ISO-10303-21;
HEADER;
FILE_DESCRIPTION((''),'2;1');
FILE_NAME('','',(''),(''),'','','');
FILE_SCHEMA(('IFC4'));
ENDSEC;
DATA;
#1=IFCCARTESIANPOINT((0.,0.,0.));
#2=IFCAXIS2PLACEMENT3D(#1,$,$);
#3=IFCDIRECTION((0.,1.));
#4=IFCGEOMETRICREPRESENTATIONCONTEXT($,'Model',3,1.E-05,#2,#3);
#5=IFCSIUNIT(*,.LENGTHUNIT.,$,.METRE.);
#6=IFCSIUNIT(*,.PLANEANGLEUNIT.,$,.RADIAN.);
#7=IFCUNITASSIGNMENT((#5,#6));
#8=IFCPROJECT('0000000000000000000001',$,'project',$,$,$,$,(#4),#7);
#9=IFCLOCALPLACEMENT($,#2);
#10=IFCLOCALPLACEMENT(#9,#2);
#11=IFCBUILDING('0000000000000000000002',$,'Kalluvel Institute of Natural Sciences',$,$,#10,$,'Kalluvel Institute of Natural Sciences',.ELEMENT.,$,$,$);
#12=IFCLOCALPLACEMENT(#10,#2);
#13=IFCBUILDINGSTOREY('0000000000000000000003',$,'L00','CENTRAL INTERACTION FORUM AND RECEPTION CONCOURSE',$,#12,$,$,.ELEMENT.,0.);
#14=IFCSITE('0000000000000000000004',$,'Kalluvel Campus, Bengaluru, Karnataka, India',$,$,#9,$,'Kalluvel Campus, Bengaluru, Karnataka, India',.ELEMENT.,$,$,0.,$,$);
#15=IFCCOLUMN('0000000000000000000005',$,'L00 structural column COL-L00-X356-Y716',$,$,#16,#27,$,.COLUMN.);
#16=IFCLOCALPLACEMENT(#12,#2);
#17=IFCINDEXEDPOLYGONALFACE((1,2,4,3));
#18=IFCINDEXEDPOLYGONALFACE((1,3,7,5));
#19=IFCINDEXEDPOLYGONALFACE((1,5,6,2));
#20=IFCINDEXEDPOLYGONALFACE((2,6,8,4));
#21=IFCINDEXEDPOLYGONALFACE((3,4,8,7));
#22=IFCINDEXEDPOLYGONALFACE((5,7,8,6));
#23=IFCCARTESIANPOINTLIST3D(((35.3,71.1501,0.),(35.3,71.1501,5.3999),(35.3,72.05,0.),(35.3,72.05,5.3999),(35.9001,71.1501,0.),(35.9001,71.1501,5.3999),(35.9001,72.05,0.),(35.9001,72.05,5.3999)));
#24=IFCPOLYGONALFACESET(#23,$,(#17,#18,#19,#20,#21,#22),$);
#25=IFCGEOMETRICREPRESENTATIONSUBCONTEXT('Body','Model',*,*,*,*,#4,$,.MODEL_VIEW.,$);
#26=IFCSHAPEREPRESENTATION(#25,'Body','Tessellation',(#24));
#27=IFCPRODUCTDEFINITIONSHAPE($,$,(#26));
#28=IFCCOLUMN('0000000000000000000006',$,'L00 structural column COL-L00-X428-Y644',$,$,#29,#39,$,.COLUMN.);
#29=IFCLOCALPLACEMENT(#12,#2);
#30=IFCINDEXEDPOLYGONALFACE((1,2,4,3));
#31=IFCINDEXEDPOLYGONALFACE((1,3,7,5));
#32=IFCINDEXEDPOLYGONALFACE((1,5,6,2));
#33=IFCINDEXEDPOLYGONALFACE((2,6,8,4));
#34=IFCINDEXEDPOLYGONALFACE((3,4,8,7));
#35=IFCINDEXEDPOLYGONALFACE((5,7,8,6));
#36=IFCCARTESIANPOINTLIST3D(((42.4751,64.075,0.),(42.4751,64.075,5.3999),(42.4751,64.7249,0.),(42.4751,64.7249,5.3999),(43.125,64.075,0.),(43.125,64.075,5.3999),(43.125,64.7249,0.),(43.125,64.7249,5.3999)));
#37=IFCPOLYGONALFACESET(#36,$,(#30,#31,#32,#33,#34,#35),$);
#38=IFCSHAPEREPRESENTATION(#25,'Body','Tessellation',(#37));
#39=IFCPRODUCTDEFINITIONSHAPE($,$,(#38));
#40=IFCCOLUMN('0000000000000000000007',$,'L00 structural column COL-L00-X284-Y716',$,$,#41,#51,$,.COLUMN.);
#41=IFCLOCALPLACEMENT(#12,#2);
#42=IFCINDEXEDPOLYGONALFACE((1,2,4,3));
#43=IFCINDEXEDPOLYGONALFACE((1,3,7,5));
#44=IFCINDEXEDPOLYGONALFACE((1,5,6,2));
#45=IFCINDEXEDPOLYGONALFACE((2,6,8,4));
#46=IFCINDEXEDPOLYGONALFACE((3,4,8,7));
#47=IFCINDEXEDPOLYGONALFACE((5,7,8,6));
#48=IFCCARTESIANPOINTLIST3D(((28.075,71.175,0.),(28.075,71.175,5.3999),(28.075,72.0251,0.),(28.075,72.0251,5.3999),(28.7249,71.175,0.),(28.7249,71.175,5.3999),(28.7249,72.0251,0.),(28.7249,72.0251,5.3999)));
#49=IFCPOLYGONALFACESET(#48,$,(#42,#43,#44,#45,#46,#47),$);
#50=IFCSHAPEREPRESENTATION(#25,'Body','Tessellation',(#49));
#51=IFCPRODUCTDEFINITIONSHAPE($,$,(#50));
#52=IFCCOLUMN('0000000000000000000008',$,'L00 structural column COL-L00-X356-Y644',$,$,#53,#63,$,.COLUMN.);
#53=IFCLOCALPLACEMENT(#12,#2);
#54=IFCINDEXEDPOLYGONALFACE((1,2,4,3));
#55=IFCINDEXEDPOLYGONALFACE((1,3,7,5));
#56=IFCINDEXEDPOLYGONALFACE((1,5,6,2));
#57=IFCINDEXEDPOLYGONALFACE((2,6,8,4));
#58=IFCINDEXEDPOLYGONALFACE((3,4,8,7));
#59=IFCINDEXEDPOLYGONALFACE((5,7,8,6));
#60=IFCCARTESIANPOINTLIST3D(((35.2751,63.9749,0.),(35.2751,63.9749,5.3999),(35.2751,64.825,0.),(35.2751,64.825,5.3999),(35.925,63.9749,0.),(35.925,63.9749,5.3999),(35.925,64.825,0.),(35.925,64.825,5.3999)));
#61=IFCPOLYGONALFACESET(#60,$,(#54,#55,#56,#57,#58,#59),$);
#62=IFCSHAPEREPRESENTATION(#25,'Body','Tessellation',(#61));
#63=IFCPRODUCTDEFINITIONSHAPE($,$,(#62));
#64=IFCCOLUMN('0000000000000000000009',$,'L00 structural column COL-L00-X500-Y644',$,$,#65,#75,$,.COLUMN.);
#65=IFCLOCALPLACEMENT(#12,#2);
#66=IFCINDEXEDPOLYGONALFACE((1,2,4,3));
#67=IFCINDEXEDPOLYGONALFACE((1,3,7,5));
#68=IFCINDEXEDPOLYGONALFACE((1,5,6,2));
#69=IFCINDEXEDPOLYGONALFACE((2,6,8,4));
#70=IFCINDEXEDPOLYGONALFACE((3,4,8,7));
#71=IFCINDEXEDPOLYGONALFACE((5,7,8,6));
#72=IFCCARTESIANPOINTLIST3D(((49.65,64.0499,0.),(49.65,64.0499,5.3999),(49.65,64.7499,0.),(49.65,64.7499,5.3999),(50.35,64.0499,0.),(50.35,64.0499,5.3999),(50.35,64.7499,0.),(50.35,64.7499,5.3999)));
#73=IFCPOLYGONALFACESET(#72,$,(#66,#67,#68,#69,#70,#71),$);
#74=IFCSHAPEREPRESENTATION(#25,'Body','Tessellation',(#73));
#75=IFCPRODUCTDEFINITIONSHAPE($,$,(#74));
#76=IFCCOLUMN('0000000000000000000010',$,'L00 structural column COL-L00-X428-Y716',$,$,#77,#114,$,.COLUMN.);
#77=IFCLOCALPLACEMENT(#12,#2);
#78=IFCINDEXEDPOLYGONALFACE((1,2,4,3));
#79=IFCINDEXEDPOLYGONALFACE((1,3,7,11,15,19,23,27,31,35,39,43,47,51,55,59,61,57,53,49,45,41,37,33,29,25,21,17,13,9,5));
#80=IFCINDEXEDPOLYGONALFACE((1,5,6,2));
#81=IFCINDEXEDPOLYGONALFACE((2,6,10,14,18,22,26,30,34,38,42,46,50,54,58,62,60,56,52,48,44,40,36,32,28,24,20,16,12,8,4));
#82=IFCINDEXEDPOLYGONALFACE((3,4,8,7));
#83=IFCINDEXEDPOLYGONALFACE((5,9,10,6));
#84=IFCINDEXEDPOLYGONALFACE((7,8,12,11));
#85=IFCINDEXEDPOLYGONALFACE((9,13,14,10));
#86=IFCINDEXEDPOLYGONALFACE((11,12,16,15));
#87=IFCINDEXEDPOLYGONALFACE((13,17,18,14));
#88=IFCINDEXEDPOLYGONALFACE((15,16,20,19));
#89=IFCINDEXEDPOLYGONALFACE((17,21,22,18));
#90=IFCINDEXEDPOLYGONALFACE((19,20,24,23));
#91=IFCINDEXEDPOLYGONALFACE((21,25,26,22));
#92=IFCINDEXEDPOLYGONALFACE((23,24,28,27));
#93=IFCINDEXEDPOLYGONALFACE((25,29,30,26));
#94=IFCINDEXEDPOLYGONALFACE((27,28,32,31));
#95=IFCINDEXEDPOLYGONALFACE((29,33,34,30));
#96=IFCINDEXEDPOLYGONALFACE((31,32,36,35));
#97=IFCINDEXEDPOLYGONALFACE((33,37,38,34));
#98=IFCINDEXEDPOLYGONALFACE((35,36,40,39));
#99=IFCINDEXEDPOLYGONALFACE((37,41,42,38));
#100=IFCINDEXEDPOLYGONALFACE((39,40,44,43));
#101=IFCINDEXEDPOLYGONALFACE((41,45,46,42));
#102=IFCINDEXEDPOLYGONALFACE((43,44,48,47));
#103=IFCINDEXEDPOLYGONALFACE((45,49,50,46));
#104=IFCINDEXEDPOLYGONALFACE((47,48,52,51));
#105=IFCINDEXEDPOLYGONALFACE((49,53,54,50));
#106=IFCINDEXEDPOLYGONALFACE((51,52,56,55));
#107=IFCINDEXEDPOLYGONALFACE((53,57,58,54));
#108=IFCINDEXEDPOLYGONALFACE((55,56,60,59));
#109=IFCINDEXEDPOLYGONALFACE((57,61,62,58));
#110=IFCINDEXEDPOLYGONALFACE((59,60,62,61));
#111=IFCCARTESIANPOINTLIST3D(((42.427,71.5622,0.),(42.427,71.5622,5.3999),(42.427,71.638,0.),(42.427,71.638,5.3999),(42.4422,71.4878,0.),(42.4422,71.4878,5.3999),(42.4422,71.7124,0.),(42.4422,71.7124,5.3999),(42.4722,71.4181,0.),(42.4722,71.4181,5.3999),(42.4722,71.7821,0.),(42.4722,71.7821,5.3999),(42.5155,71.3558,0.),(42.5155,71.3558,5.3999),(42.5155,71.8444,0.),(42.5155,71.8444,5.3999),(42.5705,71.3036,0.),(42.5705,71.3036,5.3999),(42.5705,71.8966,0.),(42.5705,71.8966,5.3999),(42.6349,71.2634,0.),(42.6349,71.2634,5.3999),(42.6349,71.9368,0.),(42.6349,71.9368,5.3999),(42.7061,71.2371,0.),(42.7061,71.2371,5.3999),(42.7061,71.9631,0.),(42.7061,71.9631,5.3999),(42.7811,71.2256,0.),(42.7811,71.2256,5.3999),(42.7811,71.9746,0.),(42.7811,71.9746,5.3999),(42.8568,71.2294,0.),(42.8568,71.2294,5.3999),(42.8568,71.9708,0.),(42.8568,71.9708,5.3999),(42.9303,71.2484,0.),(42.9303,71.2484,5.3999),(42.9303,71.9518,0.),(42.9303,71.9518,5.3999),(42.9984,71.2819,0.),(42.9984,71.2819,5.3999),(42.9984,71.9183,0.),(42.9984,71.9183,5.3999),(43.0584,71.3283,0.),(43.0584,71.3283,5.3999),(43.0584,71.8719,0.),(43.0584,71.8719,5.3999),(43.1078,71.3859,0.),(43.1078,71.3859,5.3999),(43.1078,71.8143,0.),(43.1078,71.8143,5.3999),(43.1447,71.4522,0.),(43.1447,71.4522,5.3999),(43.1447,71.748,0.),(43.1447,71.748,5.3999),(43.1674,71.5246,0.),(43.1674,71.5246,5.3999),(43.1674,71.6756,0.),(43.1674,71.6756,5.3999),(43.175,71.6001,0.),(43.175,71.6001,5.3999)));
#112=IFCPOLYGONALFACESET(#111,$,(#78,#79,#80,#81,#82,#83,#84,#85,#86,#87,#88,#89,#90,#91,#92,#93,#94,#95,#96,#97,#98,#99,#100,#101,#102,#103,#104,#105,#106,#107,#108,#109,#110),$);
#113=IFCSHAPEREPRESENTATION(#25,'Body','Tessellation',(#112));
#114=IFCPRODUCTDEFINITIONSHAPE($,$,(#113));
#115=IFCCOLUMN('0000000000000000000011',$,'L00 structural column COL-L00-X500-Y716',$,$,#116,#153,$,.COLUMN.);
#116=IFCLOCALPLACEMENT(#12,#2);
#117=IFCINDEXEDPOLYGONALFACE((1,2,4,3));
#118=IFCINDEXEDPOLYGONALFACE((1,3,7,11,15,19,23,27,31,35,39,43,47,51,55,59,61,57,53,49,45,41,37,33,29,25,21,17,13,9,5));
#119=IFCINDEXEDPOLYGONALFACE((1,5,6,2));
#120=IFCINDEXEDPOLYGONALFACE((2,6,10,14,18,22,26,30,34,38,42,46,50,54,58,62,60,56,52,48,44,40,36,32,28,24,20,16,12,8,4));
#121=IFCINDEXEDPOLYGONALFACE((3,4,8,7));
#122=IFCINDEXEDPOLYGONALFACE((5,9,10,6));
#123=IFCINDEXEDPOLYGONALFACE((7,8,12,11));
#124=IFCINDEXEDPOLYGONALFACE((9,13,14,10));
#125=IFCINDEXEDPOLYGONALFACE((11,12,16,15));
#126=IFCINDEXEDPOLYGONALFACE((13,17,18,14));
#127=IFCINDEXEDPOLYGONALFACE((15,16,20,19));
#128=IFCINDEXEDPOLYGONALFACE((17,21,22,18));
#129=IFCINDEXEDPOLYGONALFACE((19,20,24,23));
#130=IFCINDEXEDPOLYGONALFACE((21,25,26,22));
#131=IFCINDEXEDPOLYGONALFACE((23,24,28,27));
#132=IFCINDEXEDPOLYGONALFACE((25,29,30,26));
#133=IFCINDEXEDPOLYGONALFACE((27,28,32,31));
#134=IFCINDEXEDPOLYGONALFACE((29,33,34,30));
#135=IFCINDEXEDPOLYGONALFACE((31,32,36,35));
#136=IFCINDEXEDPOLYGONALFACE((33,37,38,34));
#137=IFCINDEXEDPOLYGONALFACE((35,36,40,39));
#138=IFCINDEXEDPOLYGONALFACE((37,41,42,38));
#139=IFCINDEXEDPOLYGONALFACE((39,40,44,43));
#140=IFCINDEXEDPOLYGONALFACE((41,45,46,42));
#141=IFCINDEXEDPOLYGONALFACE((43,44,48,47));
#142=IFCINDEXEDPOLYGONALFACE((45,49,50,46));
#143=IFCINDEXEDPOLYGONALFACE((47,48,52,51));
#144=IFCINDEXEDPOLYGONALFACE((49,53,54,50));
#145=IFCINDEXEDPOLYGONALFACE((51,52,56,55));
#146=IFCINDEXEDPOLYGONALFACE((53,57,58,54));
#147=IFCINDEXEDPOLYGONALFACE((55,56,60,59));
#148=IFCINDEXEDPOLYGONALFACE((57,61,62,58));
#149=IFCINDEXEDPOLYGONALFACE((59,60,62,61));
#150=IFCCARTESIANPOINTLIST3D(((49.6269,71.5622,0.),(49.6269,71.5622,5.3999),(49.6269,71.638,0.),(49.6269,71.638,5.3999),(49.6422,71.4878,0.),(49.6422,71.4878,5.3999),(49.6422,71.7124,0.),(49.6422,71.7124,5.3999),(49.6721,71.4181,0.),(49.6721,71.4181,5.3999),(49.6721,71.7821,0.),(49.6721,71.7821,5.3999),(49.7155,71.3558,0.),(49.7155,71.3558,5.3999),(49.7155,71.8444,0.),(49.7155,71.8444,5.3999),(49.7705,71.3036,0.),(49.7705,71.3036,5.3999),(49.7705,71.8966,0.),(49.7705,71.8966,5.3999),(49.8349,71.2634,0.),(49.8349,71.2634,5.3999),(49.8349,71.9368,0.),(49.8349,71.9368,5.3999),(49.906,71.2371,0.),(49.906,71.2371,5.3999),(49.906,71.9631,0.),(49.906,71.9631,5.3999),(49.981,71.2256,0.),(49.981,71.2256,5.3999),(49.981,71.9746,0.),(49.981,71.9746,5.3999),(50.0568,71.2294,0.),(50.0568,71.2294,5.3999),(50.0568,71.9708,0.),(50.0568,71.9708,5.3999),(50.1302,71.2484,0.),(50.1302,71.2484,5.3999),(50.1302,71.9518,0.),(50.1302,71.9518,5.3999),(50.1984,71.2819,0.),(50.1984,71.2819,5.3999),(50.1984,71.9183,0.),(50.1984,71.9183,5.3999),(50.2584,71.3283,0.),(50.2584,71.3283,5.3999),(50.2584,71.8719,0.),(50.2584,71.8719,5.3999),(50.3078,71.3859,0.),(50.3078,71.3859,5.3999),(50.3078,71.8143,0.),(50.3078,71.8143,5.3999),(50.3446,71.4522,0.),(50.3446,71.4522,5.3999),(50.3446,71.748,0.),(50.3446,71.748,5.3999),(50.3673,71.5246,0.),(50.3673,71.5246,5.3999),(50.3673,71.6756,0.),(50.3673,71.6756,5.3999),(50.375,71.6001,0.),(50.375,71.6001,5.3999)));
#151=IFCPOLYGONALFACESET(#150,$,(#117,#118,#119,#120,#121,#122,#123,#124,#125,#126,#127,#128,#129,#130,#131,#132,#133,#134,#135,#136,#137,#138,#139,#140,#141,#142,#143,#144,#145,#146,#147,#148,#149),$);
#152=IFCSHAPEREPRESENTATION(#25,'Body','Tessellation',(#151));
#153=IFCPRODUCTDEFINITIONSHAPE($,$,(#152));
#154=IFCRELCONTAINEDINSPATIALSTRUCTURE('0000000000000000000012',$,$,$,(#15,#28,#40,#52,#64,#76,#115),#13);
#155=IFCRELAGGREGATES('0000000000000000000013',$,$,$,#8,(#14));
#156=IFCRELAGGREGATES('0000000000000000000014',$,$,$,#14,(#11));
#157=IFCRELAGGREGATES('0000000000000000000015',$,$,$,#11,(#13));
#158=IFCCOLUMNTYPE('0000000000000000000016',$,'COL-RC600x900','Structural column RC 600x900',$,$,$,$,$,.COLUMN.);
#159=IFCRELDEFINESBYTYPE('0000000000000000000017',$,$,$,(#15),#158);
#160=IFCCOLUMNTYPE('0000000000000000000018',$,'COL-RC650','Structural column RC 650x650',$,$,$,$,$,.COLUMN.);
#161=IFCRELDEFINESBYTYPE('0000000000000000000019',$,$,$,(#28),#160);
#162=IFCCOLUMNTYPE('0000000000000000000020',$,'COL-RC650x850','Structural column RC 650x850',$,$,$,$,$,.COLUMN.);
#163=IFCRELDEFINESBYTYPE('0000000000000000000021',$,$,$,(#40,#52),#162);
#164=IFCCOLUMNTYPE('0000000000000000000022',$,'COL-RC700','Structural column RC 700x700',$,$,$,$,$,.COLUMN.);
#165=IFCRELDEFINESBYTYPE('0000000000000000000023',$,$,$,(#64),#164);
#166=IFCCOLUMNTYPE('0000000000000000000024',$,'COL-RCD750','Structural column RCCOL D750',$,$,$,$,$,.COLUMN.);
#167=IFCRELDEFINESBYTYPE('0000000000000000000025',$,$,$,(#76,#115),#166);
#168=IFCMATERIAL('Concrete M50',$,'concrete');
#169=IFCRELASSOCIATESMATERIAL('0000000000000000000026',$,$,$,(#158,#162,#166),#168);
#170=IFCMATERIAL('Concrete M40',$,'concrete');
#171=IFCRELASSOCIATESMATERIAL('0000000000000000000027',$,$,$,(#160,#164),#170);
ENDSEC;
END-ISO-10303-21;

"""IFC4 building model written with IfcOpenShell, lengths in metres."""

from ifc_helpers import new_model, si_unit, direction, frame, origin, origin_2d, place, context, subcontext, project, spatial, rectangle, circle, extrude, material, material_profile, profile_set, type_object, element, save


model = new_model("IFC4")

# Units and contexts
model_context = context("Model", 3, precision=1e-05, world=origin(), true_north=direction((0.0, 1.0)))
body_context = subcontext(model_context, "Body", "Model", "MODEL_VIEW")
ifc_project = project(units=[si_unit("LENGTHUNIT", "METRE"), si_unit("PLANEANGLEUNIT", "RADIAN")], contexts=[model_context])

# Site, building, storey
site_placement = place(None, origin())
site = spatial("IfcSite", under=ifc_project, at=site_placement, Name="Kalluvel Campus, Bengaluru, Karnataka, India", LongName="Kalluvel Campus, Bengaluru, Karnataka, India", CompositionType="ELEMENT", RefElevation=0.0)
building_placement = place(site_placement, origin())
building = spatial("IfcBuilding", under=site, at=building_placement, Name="Kalluvel Institute of Natural Sciences", LongName="Kalluvel Institute of Natural Sciences", CompositionType="ELEMENT")
storey_placement = place(building_placement, origin())
storey = spatial("IfcBuildingStorey", under=building, at=storey_placement, Name="L00", Description="CENTRAL INTERACTION FORUM AND RECEPTION CONCOURSE", CompositionType="ELEMENT", Elevation=0.0)

# Columns
ifc_material_1 = material(Name="Concrete M50", Category="concrete")
ifc_material_profile_1 = material_profile(ifc_material_1, rectangle(XDim=0.6001, YDim=0.8999, at=origin_2d()), Name="RC 600x900")
ifc_profile_set_1 = profile_set([ifc_material_profile_1], Name="Concrete M50")
column_type_1 = type_object("IfcColumnType", Name="COL-RC600x900", Description="Structural column RC 600x900", PredefinedType="COLUMN", material=ifc_profile_set_1)
column_1_placement = place(storey_placement, frame((35.6001, 71.6001, 0.0), z_axis=(0.0, 0.0, 1.0), x_axis=(1.0, 0.0, 0.0)))
element("IfcColumn", 1, at=column_1_placement, inside=storey, type_object=column_type_1, Name="L00 structural column COL-L00-X356-Y716", PredefinedType="COLUMN", context=body_context, shape_type="SweptSolid", body=[
    extrude(rectangle(XDim=0.6001, YDim=0.8999, at=origin_2d()), origin(), (0.0, 0.0, 1.0), 5.3999),
])
ifc_material_2 = material(Name="Concrete M40", Category="concrete")
ifc_material_profile_2 = material_profile(ifc_material_2, rectangle(XDim=0.6499, YDim=0.6499, at=origin_2d()), Name="RC 650x650")
ifc_profile_set_2 = profile_set([ifc_material_profile_2], Name="Concrete M40")
column_type_2 = type_object("IfcColumnType", Name="COL-RC650", Description="Structural column RC 650x650", PredefinedType="COLUMN", material=ifc_profile_set_2)
column_2_placement = place(storey_placement, frame((42.8, 64.3999, 0.0), z_axis=(0.0, 0.0, 1.0), x_axis=(1.0, 0.0, 0.0)))
element("IfcColumn", 2, at=column_2_placement, inside=storey, type_object=column_type_2, Name="L00 structural column COL-L00-X428-Y644", PredefinedType="COLUMN", context=body_context, shape_type="SweptSolid", body=[
    extrude(rectangle(XDim=0.6499, YDim=0.6499, at=origin_2d()), origin(), (0.0, 0.0, 1.0), 5.3999),
])
ifc_material_profile_3 = material_profile(ifc_material_1, rectangle(XDim=0.6499, YDim=0.8501, at=origin_2d()), Name="RC 650x850")
ifc_profile_set_3 = profile_set([ifc_material_profile_3], Name="Concrete M50")
column_type_3 = type_object("IfcColumnType", Name="COL-RC650x850", Description="Structural column RC 650x850", PredefinedType="COLUMN", material=ifc_profile_set_3)
for number, where, z_axis, x_axis, name in (
    (3, (28.3999, 71.6001, 0.0), (0.0, 0.0, 1.0), (1.0, 0.0, 0.0), "L00 structural column COL-L00-X284-Y716"),
    (4, (35.6001, 64.3999, 0.0), (0.0, 0.0, 1.0), (1.0, 0.0, 0.0), "L00 structural column COL-L00-X356-Y644"),
):
    element("IfcColumn", number, at=place(storey_placement, frame(where, z_axis=z_axis, x_axis=x_axis)), inside=storey, type_object=column_type_3, Name=name, PredefinedType="COLUMN", context=body_context, shape_type="SweptSolid", body=[
        extrude(rectangle(XDim=0.6499, YDim=0.8501, at=origin_2d()), origin(), (0.0, 0.0, 1.0), 5.3999),
    ])
ifc_material_profile_4 = material_profile(ifc_material_2, rectangle(XDim=0.7, YDim=0.7, at=origin_2d()), Name="RC 700x700")
ifc_profile_set_4 = profile_set([ifc_material_profile_4], Name="Concrete M40")
column_type_4 = type_object("IfcColumnType", Name="COL-RC700", Description="Structural column RC 700x700", PredefinedType="COLUMN", material=ifc_profile_set_4)
column_3_placement = place(storey_placement, frame((50.0, 64.3999, 0.0), z_axis=(0.0, 0.0, 1.0), x_axis=(1.0, 0.0, 0.0)))
element("IfcColumn", 5, at=column_3_placement, inside=storey, type_object=column_type_4, Name="L00 structural column COL-L00-X500-Y644", PredefinedType="COLUMN", context=body_context, shape_type="SweptSolid", body=[
    extrude(rectangle(XDim=0.7, YDim=0.7, at=origin_2d()), origin(), (0.0, 0.0, 1.0), 5.3999),
])
ifc_material_profile_5 = material_profile(ifc_material_1, circle(Radius=0.375, at=origin_2d()), Name="RCCOL D750")
ifc_profile_set_5 = profile_set([ifc_material_profile_5], Name="Concrete M50")
column_type_5 = type_object("IfcColumnType", Name="COL-RCD750", Description="Structural column RCCOL D750", PredefinedType="COLUMN", material=ifc_profile_set_5)
for number, where, z_axis, x_axis, name in (
    (6, (42.8, 71.6001, 0.0), (0.0, 0.0, 1.0), (1.0, 0.0, 0.0), "L00 structural column COL-L00-X428-Y716"),
    (7, (50.0, 71.6001, 0.0), (0.0, 0.0, 1.0), (1.0, 0.0, 0.0), "L00 structural column COL-L00-X500-Y716"),
):
    element("IfcColumn", number, at=place(storey_placement, frame(where, z_axis=z_axis, x_axis=x_axis)), inside=storey, type_object=column_type_5, Name=name, PredefinedType="COLUMN", context=body_context, shape_type="SweptSolid", body=[
        extrude(circle(Radius=0.375, at=origin_2d()), origin(), (0.0, 0.0, 1.0), 5.3999),
    ])

save(model, "model.ifc")
